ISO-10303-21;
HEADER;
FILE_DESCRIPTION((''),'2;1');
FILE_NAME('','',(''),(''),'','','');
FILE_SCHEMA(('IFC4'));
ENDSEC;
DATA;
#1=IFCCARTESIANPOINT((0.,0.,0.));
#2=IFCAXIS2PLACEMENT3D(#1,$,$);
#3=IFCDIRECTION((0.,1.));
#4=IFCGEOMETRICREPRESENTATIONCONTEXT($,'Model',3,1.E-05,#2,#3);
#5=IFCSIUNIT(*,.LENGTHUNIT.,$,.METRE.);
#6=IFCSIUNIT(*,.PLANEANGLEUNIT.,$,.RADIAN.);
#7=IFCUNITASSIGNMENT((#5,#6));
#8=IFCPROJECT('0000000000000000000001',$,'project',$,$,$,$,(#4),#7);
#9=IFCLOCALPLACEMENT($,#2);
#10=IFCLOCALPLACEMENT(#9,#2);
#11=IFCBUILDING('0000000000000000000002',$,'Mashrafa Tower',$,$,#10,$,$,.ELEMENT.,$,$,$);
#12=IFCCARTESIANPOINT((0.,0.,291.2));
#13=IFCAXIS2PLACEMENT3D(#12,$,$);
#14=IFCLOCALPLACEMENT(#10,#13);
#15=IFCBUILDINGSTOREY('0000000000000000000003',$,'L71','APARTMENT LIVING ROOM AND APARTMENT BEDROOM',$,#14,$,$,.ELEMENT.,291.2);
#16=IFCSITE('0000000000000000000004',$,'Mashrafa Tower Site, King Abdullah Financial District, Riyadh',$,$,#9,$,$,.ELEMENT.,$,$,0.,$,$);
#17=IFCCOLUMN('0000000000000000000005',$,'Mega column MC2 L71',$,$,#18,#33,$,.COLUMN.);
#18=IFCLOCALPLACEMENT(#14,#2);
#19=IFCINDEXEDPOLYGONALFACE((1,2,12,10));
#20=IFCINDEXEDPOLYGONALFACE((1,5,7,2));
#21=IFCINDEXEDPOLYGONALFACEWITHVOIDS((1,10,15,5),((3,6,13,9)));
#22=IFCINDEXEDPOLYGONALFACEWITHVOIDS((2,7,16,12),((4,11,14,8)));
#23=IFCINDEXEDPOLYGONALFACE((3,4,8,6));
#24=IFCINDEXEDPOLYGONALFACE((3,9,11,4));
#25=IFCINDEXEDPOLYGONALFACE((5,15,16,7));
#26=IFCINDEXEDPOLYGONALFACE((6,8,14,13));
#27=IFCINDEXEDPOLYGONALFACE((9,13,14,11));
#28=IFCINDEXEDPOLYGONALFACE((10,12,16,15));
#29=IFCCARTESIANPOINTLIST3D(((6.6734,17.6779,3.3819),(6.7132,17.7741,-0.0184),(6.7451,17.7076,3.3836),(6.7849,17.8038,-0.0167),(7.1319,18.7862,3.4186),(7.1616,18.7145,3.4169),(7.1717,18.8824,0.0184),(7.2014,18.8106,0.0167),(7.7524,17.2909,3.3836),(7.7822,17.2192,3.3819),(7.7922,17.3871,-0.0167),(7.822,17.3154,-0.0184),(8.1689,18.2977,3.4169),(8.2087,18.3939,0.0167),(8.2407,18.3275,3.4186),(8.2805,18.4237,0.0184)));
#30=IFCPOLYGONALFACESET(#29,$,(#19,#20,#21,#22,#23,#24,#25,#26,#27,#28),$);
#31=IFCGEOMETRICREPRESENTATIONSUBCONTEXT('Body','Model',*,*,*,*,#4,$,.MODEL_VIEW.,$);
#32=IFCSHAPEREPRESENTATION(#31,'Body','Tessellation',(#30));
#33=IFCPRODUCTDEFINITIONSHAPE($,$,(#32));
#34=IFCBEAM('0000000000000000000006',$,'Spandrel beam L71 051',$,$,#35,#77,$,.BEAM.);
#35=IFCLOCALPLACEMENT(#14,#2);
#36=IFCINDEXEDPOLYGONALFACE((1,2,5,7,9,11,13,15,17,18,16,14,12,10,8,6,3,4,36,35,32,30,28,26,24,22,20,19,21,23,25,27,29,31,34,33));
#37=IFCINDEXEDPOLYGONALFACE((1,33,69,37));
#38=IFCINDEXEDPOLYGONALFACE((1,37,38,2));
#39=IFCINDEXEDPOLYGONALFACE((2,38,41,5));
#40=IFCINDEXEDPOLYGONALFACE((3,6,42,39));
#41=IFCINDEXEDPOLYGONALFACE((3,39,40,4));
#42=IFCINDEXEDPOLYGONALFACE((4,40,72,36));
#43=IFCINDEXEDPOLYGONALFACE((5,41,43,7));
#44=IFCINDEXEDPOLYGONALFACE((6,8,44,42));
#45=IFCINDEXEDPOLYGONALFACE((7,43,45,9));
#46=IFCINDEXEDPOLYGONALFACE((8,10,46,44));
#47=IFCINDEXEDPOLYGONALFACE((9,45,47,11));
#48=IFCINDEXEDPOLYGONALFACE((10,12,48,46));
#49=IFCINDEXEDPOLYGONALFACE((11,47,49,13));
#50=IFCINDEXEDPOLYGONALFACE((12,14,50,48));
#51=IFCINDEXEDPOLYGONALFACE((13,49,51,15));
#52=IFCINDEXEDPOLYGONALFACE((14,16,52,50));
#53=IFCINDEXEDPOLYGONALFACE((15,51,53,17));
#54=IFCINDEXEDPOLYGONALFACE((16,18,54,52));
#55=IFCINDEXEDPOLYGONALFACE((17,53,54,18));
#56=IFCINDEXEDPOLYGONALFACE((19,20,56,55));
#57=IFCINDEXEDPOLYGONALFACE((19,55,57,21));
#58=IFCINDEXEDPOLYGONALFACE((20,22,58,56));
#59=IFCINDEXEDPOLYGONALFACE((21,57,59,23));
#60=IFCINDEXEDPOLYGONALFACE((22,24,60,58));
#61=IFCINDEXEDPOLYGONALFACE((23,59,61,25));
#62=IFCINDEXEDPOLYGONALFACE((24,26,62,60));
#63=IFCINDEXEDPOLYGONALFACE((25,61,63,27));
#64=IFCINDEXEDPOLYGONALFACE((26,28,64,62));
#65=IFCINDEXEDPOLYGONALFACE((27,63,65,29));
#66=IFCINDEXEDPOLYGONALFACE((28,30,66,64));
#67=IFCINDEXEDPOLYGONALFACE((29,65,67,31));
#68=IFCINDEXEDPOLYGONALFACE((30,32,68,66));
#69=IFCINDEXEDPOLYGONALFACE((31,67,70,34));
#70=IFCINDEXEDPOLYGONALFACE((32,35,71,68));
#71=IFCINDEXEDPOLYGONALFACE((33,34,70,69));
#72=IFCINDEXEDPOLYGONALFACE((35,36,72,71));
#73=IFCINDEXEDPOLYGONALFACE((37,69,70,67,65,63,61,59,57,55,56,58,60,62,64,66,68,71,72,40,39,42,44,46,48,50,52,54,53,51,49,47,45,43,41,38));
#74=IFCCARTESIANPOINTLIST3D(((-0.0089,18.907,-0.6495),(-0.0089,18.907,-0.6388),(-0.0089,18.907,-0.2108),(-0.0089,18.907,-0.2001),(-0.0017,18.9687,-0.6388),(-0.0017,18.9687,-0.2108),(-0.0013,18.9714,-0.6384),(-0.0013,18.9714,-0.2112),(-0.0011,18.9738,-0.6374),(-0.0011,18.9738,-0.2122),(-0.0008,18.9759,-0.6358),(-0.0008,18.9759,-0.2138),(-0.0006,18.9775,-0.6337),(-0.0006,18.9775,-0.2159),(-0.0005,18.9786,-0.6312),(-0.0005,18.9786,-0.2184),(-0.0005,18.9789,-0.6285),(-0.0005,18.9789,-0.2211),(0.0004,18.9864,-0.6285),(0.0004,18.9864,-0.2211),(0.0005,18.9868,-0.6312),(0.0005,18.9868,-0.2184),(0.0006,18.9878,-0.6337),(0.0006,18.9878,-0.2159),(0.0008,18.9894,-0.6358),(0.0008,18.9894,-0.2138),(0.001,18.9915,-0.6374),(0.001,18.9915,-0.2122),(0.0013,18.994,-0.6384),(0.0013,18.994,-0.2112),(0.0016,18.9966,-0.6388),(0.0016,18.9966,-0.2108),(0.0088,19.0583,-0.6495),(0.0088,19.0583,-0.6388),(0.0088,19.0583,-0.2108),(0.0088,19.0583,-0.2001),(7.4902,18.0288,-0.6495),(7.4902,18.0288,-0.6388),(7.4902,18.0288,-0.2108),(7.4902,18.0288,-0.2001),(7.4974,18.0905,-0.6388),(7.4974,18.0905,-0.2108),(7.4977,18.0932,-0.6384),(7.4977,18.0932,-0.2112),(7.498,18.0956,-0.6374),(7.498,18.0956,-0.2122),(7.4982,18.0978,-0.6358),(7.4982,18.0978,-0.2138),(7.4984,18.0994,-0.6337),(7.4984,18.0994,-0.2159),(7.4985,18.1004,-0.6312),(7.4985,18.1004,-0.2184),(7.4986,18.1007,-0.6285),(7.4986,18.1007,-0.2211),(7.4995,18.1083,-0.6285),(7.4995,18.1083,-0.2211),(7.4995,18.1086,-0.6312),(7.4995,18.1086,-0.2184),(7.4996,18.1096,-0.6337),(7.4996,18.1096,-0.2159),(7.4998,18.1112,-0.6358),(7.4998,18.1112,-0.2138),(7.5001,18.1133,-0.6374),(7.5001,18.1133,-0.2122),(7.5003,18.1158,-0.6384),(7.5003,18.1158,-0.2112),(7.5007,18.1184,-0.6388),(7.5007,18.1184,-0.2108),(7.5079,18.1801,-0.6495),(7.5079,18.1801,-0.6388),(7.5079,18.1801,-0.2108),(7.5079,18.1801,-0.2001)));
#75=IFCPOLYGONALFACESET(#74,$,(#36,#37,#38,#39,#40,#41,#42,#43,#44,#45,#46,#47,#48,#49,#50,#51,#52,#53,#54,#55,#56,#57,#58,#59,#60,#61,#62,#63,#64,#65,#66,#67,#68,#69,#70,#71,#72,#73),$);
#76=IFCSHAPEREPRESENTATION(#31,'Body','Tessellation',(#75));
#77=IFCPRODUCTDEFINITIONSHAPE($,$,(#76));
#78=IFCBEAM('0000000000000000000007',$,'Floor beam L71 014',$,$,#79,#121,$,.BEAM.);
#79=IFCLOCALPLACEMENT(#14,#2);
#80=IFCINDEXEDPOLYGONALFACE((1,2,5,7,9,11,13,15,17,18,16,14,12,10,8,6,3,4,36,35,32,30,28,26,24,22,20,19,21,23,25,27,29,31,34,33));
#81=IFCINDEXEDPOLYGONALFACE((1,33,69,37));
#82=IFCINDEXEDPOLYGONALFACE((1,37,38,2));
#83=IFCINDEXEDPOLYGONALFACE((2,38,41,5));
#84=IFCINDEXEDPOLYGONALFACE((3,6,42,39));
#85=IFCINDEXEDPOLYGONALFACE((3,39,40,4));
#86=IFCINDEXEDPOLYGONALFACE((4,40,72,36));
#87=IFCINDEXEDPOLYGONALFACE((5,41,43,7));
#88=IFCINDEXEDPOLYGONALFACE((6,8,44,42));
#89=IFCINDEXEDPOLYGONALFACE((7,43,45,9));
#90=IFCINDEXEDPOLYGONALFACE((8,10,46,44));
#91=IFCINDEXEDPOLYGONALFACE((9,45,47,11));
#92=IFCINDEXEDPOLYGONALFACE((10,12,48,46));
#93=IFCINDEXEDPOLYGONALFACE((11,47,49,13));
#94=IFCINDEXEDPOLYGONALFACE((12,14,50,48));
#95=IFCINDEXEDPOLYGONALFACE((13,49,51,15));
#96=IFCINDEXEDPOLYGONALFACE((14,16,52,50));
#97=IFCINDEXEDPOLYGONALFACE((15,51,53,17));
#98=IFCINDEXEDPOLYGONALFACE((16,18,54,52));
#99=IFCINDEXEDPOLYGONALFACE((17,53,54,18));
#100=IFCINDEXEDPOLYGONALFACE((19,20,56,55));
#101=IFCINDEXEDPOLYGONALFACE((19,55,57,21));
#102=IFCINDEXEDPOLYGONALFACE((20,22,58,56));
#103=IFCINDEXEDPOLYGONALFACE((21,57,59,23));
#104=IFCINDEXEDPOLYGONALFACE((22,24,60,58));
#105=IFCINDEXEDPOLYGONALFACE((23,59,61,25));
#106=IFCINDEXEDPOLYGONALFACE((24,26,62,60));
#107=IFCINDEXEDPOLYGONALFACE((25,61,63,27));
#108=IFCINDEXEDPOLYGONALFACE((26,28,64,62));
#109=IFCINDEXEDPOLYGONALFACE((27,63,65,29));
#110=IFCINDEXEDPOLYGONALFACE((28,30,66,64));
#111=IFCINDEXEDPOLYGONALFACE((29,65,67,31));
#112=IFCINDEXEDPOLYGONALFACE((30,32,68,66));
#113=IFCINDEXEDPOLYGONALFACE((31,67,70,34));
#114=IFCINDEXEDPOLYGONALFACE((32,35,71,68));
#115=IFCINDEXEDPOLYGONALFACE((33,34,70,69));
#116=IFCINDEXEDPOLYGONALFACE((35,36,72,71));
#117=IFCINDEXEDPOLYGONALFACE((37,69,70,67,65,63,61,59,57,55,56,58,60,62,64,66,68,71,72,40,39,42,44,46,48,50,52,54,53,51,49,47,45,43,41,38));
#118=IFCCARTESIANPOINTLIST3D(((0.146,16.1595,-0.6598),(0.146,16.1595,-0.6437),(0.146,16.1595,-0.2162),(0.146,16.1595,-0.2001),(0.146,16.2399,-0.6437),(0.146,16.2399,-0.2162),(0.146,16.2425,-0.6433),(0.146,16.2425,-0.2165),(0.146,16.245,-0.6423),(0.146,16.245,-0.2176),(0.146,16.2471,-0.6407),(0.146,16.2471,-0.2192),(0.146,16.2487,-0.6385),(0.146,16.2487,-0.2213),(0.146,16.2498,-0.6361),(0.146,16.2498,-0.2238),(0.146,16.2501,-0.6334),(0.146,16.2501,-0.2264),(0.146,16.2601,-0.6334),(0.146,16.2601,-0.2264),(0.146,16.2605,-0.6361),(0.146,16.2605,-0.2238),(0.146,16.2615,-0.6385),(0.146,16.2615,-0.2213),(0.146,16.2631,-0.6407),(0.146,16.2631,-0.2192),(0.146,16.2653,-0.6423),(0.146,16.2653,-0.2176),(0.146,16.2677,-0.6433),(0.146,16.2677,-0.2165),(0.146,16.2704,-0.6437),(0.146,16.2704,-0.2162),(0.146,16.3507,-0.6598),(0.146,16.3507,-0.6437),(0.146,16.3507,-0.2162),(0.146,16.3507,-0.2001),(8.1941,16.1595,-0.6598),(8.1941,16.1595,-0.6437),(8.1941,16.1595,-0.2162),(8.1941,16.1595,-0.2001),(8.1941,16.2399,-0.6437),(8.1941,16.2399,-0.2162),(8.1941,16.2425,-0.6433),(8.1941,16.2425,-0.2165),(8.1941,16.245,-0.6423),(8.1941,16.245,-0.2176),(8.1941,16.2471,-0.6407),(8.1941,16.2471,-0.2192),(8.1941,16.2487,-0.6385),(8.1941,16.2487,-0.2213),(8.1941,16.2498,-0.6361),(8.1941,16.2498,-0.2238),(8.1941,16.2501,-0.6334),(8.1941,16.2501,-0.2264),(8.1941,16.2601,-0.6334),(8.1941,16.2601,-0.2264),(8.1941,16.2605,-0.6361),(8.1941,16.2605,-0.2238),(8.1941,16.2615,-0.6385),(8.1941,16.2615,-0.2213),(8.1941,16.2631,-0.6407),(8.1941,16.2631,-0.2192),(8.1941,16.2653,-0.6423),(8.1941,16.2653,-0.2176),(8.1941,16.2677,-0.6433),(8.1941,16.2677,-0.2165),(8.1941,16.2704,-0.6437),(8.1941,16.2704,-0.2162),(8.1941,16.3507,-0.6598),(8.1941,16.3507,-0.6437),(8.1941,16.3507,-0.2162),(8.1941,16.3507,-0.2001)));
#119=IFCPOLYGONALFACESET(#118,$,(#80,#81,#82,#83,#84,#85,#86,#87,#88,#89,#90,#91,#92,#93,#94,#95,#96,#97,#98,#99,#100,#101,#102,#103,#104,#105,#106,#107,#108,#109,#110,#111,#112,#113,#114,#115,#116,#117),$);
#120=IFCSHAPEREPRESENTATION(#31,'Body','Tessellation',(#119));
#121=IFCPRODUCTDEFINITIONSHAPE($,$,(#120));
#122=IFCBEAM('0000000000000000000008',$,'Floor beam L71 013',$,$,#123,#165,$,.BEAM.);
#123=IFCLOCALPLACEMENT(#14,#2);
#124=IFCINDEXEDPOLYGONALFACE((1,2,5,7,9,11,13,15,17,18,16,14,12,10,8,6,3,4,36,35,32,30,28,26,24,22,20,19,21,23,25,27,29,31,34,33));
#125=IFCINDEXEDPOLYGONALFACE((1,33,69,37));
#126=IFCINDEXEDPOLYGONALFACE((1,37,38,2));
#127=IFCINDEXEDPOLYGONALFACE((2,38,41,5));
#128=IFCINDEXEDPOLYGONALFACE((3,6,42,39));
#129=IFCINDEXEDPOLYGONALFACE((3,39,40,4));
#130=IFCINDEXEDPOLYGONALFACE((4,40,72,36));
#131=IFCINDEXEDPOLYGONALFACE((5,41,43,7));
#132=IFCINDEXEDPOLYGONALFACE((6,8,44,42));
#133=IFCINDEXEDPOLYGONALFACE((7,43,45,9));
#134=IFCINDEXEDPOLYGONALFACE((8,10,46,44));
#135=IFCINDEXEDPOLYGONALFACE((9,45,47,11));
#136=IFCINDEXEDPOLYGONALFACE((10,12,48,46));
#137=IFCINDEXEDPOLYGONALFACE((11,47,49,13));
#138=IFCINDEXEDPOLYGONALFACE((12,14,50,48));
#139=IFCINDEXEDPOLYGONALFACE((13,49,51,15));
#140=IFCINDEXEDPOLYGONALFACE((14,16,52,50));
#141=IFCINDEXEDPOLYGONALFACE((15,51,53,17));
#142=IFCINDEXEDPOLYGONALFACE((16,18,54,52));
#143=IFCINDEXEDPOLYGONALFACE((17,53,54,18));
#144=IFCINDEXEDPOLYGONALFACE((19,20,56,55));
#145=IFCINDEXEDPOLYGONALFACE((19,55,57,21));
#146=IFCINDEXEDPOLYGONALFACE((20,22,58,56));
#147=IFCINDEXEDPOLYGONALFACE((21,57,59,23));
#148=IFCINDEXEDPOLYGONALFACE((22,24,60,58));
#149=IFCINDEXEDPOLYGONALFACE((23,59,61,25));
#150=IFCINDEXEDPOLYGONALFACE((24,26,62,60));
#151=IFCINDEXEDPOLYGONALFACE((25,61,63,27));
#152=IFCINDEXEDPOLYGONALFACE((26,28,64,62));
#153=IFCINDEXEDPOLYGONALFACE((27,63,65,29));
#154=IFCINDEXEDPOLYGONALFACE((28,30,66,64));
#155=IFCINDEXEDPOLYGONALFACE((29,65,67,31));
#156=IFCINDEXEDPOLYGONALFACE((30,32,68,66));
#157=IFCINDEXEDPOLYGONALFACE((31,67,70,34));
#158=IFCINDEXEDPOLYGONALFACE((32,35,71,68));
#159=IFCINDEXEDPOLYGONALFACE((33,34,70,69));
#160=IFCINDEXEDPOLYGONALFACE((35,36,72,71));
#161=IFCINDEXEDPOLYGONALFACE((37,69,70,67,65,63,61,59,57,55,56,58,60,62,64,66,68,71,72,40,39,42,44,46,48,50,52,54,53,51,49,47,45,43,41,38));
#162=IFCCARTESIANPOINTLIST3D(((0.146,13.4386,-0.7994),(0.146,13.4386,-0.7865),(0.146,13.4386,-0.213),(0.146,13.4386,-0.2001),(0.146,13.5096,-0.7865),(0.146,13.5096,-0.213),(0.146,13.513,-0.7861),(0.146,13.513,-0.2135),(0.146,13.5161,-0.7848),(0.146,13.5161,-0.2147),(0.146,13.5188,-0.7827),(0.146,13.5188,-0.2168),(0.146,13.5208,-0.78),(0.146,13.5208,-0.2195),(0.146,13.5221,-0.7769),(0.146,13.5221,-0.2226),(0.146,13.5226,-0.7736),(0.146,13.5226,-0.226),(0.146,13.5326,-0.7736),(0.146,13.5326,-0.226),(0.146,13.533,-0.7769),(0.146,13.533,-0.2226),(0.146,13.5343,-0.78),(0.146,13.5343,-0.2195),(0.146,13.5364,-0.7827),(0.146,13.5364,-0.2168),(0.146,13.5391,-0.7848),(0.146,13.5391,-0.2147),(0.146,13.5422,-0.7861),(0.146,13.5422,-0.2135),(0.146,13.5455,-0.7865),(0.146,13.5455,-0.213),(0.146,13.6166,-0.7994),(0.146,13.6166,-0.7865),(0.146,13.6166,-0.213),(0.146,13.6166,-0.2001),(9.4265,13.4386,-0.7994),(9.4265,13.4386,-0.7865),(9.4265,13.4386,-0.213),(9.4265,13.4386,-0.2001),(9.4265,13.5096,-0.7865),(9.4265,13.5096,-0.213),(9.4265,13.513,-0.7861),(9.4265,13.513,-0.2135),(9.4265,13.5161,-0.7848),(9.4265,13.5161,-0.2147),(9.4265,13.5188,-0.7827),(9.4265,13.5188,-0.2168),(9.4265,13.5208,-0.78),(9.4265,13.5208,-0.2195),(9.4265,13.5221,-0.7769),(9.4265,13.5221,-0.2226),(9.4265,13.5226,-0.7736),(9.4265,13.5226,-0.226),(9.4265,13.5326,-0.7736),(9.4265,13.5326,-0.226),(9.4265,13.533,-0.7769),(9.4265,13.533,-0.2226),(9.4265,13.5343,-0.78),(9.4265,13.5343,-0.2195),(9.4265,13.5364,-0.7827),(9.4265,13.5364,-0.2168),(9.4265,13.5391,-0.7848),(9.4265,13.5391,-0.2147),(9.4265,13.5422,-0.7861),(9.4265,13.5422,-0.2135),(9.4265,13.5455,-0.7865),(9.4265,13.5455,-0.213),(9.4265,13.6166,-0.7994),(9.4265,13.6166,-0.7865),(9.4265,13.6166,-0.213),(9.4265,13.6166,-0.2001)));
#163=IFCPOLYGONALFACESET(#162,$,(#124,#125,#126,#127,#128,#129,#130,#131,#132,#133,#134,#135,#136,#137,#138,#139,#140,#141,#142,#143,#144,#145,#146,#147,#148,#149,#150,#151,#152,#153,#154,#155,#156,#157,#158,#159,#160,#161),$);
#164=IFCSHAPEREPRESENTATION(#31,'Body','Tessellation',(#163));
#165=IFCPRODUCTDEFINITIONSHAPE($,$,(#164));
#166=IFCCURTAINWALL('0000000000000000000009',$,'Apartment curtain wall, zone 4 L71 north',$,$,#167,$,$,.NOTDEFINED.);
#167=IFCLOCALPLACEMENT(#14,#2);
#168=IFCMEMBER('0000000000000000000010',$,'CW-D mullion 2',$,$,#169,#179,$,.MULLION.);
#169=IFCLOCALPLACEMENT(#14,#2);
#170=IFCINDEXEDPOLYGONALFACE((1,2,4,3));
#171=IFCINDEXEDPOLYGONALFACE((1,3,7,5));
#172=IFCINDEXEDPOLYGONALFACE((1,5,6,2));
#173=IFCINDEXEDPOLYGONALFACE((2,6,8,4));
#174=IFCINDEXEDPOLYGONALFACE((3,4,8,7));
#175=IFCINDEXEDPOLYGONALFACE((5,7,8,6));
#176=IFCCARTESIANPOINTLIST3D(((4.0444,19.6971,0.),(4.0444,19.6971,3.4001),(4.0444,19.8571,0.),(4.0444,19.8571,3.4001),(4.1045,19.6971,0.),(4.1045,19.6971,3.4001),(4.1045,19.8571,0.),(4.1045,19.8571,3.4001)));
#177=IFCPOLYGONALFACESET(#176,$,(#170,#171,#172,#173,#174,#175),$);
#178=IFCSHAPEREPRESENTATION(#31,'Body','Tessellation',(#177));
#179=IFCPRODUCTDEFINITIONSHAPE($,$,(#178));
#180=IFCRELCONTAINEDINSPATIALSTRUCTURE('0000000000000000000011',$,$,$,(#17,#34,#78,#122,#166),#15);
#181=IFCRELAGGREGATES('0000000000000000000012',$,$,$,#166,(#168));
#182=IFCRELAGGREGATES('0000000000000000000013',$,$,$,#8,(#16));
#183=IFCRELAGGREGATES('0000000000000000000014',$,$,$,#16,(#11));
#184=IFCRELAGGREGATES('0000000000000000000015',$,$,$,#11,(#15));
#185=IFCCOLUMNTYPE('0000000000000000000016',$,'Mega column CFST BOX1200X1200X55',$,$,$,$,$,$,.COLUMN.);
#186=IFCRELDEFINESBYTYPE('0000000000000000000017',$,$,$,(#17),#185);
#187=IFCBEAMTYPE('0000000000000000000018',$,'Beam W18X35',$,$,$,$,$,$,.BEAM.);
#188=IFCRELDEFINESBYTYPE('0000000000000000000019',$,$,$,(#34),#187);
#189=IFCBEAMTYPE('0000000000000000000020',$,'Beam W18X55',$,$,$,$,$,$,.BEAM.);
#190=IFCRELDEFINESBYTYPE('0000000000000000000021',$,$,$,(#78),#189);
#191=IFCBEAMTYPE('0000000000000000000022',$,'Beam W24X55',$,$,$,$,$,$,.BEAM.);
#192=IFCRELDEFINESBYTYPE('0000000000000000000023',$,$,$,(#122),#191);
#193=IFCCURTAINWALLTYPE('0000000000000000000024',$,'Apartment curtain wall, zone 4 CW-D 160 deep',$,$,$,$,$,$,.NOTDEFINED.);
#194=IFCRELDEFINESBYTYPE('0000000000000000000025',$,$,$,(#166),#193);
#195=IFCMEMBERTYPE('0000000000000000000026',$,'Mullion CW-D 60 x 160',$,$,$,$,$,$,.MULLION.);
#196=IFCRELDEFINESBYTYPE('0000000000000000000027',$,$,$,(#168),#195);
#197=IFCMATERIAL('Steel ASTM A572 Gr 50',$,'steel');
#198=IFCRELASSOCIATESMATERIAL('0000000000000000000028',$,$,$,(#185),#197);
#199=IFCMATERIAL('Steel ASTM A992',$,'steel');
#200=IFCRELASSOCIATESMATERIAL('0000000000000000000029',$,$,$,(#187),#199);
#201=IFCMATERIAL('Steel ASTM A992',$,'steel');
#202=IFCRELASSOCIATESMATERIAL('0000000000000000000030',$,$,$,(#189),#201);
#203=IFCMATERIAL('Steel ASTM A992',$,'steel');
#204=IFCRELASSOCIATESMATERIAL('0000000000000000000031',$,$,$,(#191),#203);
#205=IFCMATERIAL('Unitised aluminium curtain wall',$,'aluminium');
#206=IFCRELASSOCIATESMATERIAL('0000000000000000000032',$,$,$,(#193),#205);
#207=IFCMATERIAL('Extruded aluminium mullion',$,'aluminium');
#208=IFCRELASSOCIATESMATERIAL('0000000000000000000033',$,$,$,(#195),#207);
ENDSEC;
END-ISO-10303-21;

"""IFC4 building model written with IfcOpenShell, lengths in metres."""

from ifc_helpers import new_model, si_unit, direction, frame, origin, origin_2d, place, context, subcontext, project, spatial, rectangle, hollow_rectangle, i_section, extrude, source, transform, mapped, material, material_profile, profile_set, type_object, type_shapes, element, aggregate, save


model = new_model("IFC4")

# Units and contexts
model_context = context("Model", 3, precision=1e-05, world=origin(), true_north=direction((0.0, 1.0)))
body_context = subcontext(model_context, "Body", "Model", "MODEL_VIEW")
ifc_project = project(units=[si_unit("LENGTHUNIT", "METRE"), si_unit("PLANEANGLEUNIT", "RADIAN")], contexts=[model_context])

# Site, building, storey
site_placement = place(None, origin())
site = spatial("IfcSite", under=ifc_project, at=site_placement, Name="Mashrafa Tower Site, King Abdullah Financial District, Riyadh", CompositionType="ELEMENT", RefElevation=0.0)
building_placement = place(site_placement, origin())
building = spatial("IfcBuilding", under=site, at=building_placement, Name="Mashrafa Tower", CompositionType="ELEMENT")
storey_placement = place(building_placement, frame((0.0, 0.0, 291.2)))
storey = spatial("IfcBuildingStorey", under=building, at=storey_placement, Name="L71", Description="APARTMENT LIVING ROOM AND APARTMENT BEDROOM", CompositionType="ELEMENT", Elevation=291.2)

# Column
ifc_material_1 = material(Name="Steel ASTM A572 Gr 50", Category="steel")
ifc_material_profile_1 = material_profile(ifc_material_1, hollow_rectangle(XDim=1.2, YDim=1.2, WallThickness=0.0549, at=origin_2d()), Name="BOX1200X1200X55")
ifc_profile_set_1 = profile_set([ifc_material_profile_1], Name="Steel ASTM A572 Gr 50")
column_type = type_object("IfcColumnType", Name="Mega column CFST BOX1200X1200X55", PredefinedType="COLUMN", material=ifc_profile_set_1)
column_placement = place(storey_placement, frame((7.4968, 18.0989, 0.0), z_axis=(-0.011698, -0.028277, 0.999532), x_axis=(0.924045, -0.382283, 0.0)))
element("IfcColumn", 1, at=column_placement, inside=storey, type_object=column_type, Name="Mega column MC2 L71", PredefinedType="COLUMN", context=body_context, shape_type="SweptSolid", body=[
    extrude(hollow_rectangle(XDim=1.2, YDim=1.2, WallThickness=0.0549, at=origin_2d()), origin(), (0.0, 0.0, 1.0), 3.4019),
])

# Beams
ifc_material_2 = material(Name="Steel ASTM A992", Category="steel")
ifc_material_profile_2 = material_profile(ifc_material_2, i_section(OverallWidth=0.1523, OverallDepth=0.4495, WebThickness=0.0076, FlangeThickness=0.0107, FilletRadius=0.0103, at=origin_2d()), Name="W18X35")
ifc_profile_set_2 = profile_set([ifc_material_profile_2], Name="Steel ASTM A992")
beam_type_1 = type_object("IfcBeamType", Name="Beam W18X35", PredefinedType="BEAM", material=ifc_profile_set_2)
beam_1_placement = place(storey_placement, frame((7.499, 18.1045, -0.4248), z_axis=(-0.993213, 0.11631, 0.0), x_axis=(-0.11631, -0.993213, 0.0)))
element("IfcBeam", 2, at=beam_1_placement, inside=storey, type_object=beam_type_1, Name="Spandrel beam L71 051", PredefinedType="BEAM", context=body_context, shape_type="SweptSolid", body=[
    extrude(i_section(OverallWidth=0.1523, OverallDepth=0.4495, WebThickness=0.0076, FlangeThickness=0.0107, FilletRadius=0.0103, at=origin_2d()), origin(), (0.0, 0.0, 1.0), 7.5503),
])
ifc_material_3 = material(Name="Steel ASTM A992", Category="steel")
ifc_material_profile_3 = material_profile(ifc_material_3, i_section(OverallWidth=0.1912, OverallDepth=0.4597, WebThickness=0.01, FlangeThickness=0.0161, FilletRadius=0.0103, at=origin_2d()), Name="W18X55")
ifc_profile_set_3 = profile_set([ifc_material_profile_3], Name="Steel ASTM A992")
beam_type_2 = type_object("IfcBeamType", Name="Beam W18X55", PredefinedType="BEAM", material=ifc_profile_set_3)
beam_2_placement = place(storey_placement, frame((0.146, 16.2551, -0.4299), z_axis=(1.0, 0.0, 0.0), x_axis=(0.0, 1.0, 0.0)))
element("IfcBeam", 3, at=beam_2_placement, inside=storey, type_object=beam_type_2, Name="Floor beam L71 014", PredefinedType="BEAM", context=body_context, shape_type="SweptSolid", body=[
    extrude(i_section(OverallWidth=0.1912, OverallDepth=0.4597, WebThickness=0.01, FlangeThickness=0.0161, FilletRadius=0.0103, at=origin_2d()), origin(), (0.0, 0.0, 1.0), 8.0481),
])
ifc_material_4 = material(Name="Steel ASTM A992", Category="steel")
ifc_material_profile_4 = material_profile(ifc_material_4, i_section(OverallWidth=0.178, OverallDepth=0.5994, WebThickness=0.01, FlangeThickness=0.0129, FilletRadius=0.0129, at=origin_2d()), Name="W24X55")
ifc_profile_set_4 = profile_set([ifc_material_profile_4], Name="Steel ASTM A992")
beam_type_3 = type_object("IfcBeamType", Name="Beam W24X55", PredefinedType="BEAM", material=ifc_profile_set_4)
beam_3_placement = place(storey_placement, frame((0.146, 13.5276, -0.4998), z_axis=(1.0, 0.0, 0.0), x_axis=(0.0, 1.0, 0.0)))
element("IfcBeam", 4, at=beam_3_placement, inside=storey, type_object=beam_type_3, Name="Floor beam L71 013", PredefinedType="BEAM", context=body_context, shape_type="SweptSolid", body=[
    extrude(i_section(OverallWidth=0.178, OverallDepth=0.5994, WebThickness=0.01, FlangeThickness=0.0129, FilletRadius=0.0129, at=origin_2d()), origin(), (0.0, 0.0, 1.0), 9.2805),
])

# Curtain wall, member
ifc_material_5 = material(Name="Unitised aluminium curtain wall", Category="aluminium")
curtain_wall_type = type_object("IfcCurtainWallType", Name="Apartment curtain wall, zone 4 CW-D 160 deep", PredefinedType="NOTDEFINED", material=ifc_material_5)
curtain_wall_placement = place(storey_placement, origin())
curtain_wall = element("IfcCurtainWall", 5, at=curtain_wall_placement, inside=storey, type_object=curtain_wall_type, Name="Apartment curtain wall, zone 4 L71 north", PredefinedType="NOTDEFINED")
ifc_material_6 = material(Name="Extruded aluminium mullion", Category="aluminium")
ifc_material_profile_5 = material_profile(ifc_material_6, rectangle(XDim=0.1599, YDim=0.0601, at=origin_2d()), Name="Mullion 60x160")
ifc_profile_set_5 = profile_set([ifc_material_profile_5], Name="Extruded aluminium mullion")
member_type_1 = type_object("IfcMemberType", Name="Mullion CW-D 60 x 160", PredefinedType="MULLION", material=ifc_profile_set_5)
shared_shape_1 = source(origin(), body_context, "Body", "SweptSolid", [
    extrude(rectangle(XDim=0.1599, YDim=0.0601, at=origin_2d()), origin(), (0.0, 0.0, 1.0), 3.4001),
])
type_shapes(member_type_1, [shared_shape_1])
member_1_placement = place(storey_placement, frame((4.0745, 19.7771, 0.0), z_axis=(0.0, 0.0, 1.0), x_axis=(0.0, -1.0, 0.0)))
member_1 = element("IfcMember", 6, at=member_1_placement, type_object=member_type_1, Name="CW-D mullion 2", PredefinedType="MULLION", context=body_context, shape_type="MappedRepresentation", body=[
    mapped(shared_shape_1, transform((0.0, 0.0, 0.0))),
])
aggregate(curtain_wall, [member_1])

save(model, "model.ifc")
